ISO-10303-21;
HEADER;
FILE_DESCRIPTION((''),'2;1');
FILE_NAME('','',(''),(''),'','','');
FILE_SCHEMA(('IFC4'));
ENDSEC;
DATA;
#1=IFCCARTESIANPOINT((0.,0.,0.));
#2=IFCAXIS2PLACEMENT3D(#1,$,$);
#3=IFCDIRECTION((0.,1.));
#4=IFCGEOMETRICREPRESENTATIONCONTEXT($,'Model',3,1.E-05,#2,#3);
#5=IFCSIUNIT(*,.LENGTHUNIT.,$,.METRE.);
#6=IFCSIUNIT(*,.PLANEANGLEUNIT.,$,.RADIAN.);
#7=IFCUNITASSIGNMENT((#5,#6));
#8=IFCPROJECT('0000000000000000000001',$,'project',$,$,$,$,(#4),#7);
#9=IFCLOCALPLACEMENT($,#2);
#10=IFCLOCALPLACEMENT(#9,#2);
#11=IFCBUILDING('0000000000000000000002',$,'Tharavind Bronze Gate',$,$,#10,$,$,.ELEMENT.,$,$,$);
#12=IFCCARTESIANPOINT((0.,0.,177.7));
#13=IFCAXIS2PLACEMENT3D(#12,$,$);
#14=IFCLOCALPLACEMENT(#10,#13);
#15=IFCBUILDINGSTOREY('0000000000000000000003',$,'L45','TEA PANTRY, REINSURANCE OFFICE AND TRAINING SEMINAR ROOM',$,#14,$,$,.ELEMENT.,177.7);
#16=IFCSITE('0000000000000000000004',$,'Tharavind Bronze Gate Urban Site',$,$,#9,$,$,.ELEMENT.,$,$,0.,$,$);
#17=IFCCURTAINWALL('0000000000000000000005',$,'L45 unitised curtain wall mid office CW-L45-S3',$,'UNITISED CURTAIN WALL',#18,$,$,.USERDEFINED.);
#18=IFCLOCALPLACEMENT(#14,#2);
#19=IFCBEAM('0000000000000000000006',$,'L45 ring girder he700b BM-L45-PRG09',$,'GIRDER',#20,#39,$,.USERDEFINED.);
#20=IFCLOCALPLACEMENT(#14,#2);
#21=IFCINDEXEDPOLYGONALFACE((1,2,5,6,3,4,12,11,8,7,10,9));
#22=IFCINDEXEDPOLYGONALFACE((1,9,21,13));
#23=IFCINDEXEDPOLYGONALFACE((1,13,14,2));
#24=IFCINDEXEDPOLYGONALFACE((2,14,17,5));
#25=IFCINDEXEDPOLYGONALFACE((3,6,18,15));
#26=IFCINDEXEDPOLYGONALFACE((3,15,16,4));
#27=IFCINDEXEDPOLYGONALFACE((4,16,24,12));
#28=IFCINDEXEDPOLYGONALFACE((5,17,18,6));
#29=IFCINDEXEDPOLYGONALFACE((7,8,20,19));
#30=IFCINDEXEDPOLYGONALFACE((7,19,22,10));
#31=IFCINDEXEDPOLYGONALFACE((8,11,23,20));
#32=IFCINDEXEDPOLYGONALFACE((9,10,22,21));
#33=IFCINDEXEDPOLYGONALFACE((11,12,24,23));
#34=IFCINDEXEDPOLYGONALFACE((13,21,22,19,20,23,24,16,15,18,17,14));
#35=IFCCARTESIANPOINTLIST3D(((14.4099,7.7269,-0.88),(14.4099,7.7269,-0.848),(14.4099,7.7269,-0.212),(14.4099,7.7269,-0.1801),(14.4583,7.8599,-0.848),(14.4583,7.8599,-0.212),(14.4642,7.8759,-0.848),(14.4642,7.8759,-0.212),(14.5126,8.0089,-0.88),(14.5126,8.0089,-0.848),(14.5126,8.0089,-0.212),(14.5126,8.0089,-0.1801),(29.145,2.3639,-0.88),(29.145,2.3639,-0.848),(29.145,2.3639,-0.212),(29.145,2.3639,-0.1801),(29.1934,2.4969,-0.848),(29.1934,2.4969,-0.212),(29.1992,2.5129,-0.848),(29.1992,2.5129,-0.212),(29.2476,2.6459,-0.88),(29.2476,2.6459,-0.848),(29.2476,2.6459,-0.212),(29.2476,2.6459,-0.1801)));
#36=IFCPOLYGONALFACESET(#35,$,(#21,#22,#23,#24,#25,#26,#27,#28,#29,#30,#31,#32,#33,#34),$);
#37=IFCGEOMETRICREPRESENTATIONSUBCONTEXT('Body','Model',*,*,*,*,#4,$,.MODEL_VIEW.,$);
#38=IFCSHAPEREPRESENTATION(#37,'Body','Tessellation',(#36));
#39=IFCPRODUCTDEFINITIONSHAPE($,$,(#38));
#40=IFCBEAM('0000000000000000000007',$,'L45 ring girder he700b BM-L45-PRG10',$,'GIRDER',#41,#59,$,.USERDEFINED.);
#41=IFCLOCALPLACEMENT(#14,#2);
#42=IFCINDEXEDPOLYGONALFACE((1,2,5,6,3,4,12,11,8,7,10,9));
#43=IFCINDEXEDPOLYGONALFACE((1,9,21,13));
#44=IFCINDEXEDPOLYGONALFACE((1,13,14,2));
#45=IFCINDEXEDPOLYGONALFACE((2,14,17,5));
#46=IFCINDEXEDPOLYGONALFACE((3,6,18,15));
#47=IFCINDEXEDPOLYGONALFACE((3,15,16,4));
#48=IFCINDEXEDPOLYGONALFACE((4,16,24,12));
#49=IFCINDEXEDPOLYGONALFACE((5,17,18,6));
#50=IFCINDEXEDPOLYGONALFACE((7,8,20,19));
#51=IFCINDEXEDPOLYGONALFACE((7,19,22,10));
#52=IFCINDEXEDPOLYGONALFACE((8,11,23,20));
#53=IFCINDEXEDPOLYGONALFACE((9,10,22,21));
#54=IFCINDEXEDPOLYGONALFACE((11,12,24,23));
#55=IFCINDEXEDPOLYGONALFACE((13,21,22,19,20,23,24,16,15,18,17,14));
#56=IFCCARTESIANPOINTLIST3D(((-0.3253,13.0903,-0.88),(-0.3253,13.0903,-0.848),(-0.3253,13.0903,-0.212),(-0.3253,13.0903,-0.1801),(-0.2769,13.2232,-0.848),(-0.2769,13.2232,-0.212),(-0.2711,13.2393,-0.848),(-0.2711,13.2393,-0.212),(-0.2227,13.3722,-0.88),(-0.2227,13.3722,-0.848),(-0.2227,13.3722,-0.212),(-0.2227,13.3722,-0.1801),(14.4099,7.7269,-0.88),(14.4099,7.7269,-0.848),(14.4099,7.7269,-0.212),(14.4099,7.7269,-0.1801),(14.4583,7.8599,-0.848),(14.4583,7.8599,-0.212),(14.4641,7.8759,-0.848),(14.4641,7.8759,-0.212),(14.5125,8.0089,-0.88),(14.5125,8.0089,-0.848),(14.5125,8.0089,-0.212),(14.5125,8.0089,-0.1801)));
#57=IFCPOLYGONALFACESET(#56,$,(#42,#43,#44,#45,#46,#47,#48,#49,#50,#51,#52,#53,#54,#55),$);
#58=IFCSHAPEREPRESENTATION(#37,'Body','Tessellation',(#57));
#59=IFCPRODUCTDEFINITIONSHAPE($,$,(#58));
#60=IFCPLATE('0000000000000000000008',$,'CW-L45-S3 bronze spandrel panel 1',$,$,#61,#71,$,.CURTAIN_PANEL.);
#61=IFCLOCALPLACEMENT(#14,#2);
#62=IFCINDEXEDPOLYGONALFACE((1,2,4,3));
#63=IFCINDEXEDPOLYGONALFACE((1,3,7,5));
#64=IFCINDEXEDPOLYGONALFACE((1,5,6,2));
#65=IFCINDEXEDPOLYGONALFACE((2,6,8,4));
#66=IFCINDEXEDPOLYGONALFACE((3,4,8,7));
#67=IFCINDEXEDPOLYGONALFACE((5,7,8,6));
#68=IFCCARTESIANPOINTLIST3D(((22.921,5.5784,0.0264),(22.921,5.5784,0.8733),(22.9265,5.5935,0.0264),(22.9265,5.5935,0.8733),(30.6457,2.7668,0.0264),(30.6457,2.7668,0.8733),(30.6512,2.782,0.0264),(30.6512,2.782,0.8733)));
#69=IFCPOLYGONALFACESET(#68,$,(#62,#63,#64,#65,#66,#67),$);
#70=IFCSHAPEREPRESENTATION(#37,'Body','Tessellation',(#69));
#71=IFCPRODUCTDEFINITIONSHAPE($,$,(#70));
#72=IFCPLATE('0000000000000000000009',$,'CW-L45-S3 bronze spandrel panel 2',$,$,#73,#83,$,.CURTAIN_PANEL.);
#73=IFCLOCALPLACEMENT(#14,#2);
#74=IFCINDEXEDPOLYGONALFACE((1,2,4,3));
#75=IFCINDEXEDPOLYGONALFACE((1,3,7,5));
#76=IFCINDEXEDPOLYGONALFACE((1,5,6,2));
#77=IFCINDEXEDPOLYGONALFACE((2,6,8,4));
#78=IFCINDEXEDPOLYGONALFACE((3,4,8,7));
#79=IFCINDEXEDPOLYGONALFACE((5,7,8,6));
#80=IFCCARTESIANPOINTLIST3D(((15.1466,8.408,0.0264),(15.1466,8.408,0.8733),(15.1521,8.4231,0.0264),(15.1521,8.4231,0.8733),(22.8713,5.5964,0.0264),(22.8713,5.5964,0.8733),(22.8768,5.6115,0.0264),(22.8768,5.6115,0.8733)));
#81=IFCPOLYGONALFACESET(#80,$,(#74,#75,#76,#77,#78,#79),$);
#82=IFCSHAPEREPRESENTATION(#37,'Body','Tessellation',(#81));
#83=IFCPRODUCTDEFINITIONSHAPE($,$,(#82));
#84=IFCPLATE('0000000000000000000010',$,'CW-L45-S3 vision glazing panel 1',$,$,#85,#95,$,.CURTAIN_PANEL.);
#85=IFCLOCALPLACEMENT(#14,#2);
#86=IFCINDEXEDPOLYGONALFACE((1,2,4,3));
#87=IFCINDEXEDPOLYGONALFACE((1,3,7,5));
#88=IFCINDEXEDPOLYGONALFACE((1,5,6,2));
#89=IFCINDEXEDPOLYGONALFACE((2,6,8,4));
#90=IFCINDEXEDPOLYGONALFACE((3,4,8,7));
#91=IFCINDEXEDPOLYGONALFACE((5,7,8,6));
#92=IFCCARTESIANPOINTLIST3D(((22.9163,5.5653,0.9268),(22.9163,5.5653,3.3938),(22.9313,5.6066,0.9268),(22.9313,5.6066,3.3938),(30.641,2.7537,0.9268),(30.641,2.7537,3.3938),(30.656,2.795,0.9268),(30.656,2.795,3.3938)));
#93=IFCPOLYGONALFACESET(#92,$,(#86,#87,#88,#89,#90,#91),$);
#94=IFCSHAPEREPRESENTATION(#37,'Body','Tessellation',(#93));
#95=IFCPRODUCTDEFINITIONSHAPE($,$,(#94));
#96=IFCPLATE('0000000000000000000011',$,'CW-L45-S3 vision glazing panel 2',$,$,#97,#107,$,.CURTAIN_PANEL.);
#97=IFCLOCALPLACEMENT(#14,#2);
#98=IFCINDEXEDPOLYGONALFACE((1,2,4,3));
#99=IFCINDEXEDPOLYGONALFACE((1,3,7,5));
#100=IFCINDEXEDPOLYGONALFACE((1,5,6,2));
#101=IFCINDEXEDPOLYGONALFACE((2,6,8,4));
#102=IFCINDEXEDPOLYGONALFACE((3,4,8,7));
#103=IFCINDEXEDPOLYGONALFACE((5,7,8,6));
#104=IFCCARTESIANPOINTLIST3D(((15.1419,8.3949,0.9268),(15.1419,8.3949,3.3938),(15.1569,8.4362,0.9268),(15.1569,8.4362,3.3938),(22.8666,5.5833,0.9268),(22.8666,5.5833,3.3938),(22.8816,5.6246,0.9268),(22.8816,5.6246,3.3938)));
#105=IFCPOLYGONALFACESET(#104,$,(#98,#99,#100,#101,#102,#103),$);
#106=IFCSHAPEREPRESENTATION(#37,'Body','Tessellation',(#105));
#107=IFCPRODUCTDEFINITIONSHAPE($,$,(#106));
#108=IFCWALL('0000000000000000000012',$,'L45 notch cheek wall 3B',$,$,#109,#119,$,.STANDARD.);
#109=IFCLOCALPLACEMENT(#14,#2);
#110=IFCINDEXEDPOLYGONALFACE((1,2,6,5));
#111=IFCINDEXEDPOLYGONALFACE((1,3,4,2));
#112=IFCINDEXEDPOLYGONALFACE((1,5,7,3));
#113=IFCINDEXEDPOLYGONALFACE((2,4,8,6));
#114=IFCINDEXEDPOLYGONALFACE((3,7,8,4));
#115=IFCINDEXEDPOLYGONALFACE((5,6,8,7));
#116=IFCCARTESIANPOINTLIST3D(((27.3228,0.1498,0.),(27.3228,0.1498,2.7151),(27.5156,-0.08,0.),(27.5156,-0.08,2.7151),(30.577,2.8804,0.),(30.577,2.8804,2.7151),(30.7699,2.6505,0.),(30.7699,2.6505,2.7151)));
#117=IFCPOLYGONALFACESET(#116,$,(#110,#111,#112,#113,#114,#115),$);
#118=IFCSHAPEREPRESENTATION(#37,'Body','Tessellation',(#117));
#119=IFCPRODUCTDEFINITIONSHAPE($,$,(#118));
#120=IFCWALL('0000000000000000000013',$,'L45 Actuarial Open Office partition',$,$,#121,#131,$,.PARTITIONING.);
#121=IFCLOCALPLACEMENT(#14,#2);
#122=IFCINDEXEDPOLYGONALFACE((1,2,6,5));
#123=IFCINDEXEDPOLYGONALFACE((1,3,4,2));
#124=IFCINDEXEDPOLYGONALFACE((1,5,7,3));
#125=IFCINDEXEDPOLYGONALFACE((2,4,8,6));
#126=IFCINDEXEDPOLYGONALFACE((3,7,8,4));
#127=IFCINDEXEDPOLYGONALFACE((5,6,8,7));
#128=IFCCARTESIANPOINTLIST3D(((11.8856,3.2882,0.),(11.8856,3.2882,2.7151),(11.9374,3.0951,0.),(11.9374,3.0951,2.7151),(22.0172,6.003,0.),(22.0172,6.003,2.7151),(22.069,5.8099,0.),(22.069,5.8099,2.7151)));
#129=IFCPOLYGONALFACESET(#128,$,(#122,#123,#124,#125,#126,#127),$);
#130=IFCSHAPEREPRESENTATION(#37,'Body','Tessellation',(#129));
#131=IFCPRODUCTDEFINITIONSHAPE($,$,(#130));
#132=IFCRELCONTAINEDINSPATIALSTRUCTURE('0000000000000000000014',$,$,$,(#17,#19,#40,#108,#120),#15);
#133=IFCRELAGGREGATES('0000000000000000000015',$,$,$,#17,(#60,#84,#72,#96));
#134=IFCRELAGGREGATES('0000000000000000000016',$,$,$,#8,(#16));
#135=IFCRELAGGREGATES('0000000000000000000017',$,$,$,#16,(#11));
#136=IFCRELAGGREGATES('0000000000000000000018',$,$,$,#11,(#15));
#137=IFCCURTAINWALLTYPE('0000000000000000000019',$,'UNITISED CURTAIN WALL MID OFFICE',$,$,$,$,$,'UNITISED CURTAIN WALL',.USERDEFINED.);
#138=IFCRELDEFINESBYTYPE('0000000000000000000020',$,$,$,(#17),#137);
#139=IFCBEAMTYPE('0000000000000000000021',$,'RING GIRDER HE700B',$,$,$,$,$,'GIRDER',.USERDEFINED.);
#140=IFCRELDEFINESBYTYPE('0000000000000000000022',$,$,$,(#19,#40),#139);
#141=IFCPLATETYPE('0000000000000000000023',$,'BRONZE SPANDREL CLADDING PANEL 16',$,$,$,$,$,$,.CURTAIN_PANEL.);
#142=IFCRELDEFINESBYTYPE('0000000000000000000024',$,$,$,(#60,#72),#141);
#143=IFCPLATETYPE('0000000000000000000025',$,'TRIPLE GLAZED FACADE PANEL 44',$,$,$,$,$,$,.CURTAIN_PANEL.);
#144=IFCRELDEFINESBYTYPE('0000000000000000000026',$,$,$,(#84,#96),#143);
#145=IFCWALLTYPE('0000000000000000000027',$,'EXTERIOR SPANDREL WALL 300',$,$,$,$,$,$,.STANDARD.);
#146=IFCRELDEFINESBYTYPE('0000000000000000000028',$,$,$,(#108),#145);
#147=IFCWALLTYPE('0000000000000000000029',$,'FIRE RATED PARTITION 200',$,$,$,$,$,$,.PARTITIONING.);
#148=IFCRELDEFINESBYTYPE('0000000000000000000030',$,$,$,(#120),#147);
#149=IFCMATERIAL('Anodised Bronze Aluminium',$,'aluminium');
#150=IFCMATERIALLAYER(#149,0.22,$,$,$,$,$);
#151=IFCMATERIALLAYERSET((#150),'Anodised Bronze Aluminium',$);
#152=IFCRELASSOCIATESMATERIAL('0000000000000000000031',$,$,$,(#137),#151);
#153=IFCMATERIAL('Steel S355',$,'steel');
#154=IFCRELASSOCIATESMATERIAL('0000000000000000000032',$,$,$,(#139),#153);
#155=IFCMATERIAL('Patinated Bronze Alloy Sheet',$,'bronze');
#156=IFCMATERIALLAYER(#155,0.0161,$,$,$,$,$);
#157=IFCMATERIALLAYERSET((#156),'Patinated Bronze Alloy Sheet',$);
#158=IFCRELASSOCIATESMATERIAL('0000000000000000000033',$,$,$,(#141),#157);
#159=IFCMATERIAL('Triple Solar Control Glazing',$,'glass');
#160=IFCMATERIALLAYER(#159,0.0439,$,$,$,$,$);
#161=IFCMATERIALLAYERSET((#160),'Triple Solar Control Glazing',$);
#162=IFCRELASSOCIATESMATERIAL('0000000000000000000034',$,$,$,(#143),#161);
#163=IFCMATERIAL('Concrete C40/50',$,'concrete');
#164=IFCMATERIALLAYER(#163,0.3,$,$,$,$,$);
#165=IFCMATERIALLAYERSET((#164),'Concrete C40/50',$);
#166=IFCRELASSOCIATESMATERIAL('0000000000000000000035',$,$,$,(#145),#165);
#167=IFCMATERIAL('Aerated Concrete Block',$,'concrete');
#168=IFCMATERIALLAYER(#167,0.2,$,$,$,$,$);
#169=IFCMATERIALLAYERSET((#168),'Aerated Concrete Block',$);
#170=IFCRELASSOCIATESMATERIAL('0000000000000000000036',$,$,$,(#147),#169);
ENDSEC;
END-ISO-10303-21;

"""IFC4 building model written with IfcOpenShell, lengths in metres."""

from ifc_helpers import new_model, si_unit, direction, frame, frame_2d, origin, origin_2d, place, context, subcontext, project, spatial, rectangle, i_section, extrude, material, layer, layer_set, material_profile, profile_set, type_object, element, aggregate, save


model = new_model("IFC4")

# Units and contexts
model_context = context("Model", 3, precision=1e-05, world=origin(), true_north=direction((0.0, 1.0)))
body_context = subcontext(model_context, "Body", "Model", "MODEL_VIEW")
ifc_project = project(units=[si_unit("LENGTHUNIT", "METRE"), si_unit("PLANEANGLEUNIT", "RADIAN")], contexts=[model_context])

# Site, building, storey
site_placement = place(None, origin())
site = spatial("IfcSite", under=ifc_project, at=site_placement, Name="Tharavind Bronze Gate Urban Site", CompositionType="ELEMENT", RefElevation=0.0)
building_placement = place(site_placement, origin())
building = spatial("IfcBuilding", under=site, at=building_placement, Name="Tharavind Bronze Gate", CompositionType="ELEMENT")
storey_placement = place(building_placement, frame((0.0, 0.0, 177.7)))
storey = spatial("IfcBuildingStorey", under=building, at=storey_placement, Name="L45", Description="TEA PANTRY, REINSURANCE OFFICE AND TRAINING SEMINAR ROOM", CompositionType="ELEMENT", Elevation=177.7)

# Curtain wall
ifc_material_1 = material(Name="Anodised Bronze Aluminium", Category="aluminium")
ifc_layer_1 = layer(ifc_material_1, 0.22)
ifc_layer_set_1 = layer_set([ifc_layer_1], Name="Anodised Bronze Aluminium")
curtain_wall_type = type_object("IfcCurtainWallType", Name="UNITISED CURTAIN WALL MID OFFICE", ElementType="UNITISED CURTAIN WALL", PredefinedType="USERDEFINED", material=ifc_layer_set_1)
curtain_wall_placement = place(storey_placement, origin())
curtain_wall = element("IfcCurtainWall", 1, at=curtain_wall_placement, inside=storey, type_object=curtain_wall_type, Name="L45 unitised curtain wall mid office CW-L45-S3", ObjectType="UNITISED CURTAIN WALL", PredefinedType="USERDEFINED")

# Beams
ifc_material_2 = material(Name="Steel S355", Category="steel")
ifc_material_profile_1 = material_profile(ifc_material_2, i_section(OverallWidth=0.3, OverallDepth=0.7, WebThickness=0.0171, FlangeThickness=0.032, at=origin_2d()), Name="HE700B")
ifc_profile_set_1 = profile_set([ifc_material_profile_1], Name="Steel S355")
beam_type_1 = type_object("IfcBeamType", Name="RING GIRDER HE700B", ElementType="GIRDER", PredefinedType="USERDEFINED", material=ifc_profile_set_1)
beam_1_placement = place(storey_placement, frame((29.1963, 2.5049, -0.53), z_axis=(-0.939695, 0.342014, 0.0), x_axis=(-0.342014, -0.939695, 0.0)))
element("IfcBeam", 2, at=beam_1_placement, inside=storey, type_object=beam_type_1, Name="L45 ring girder he700b BM-L45-PRG09", ObjectType="GIRDER", PredefinedType="USERDEFINED", context=body_context, shape_type="SweptSolid", body=[
    extrude(i_section(OverallWidth=0.3, OverallDepth=0.7, WebThickness=0.0171, FlangeThickness=0.032, at=origin_2d()), origin(), (0.0, 0.0, 1.0), 15.6807),
])
beam_2_placement = place(storey_placement, frame((14.4612, 7.8679, -0.53), z_axis=(-0.93969, 0.342028, 0.0), x_axis=(-0.342028, -0.93969, 0.0)))
element("IfcBeam", 3, at=beam_2_placement, inside=storey, type_object=beam_type_1, Name="L45 ring girder he700b BM-L45-PRG10", ObjectType="GIRDER", PredefinedType="USERDEFINED", context=body_context, shape_type="SweptSolid", body=[
    extrude(i_section(OverallWidth=0.3, OverallDepth=0.7, WebThickness=0.0171, FlangeThickness=0.032, at=origin_2d()), origin(), (0.0, 0.0, 1.0), 15.6809),
])

# Plates
ifc_material_3 = material(Name="Patinated Bronze Alloy Sheet", Category="bronze")
ifc_layer_2 = layer(ifc_material_3, 0.0161)
ifc_layer_set_2 = layer_set([ifc_layer_2], Name="Patinated Bronze Alloy Sheet")
plate_type_1 = type_object("IfcPlateType", Name="BRONZE SPANDREL CLADDING PANEL 16", PredefinedType="CURTAIN_PANEL", material=ifc_layer_set_2)
plate_1_placement = place(storey_placement, frame((26.7861, 4.1802, 0.0264), z_axis=(0.0, 0.0, 1.0), x_axis=(-0.939692, 0.342022, 0.0)))
plate_1 = element("IfcPlate", 4, at=plate_1_placement, type_object=plate_type_1, Name="CW-L45-S3 bronze spandrel panel 1", PredefinedType="CURTAIN_PANEL", context=body_context, shape_type="SweptSolid", body=[
    extrude(rectangle(XDim=8.2205, YDim=0.0161, at=origin_2d()), origin(), (0.0, 0.0, 1.0), 0.8469),
])
plate_2_placement = place(storey_placement, frame((19.0117, 7.0098, 0.0264), z_axis=(0.0, 0.0, 1.0), x_axis=(-0.939692, 0.342022, 0.0)))
plate_2 = element("IfcPlate", 5, at=plate_2_placement, type_object=plate_type_1, Name="CW-L45-S3 bronze spandrel panel 2", PredefinedType="CURTAIN_PANEL", context=body_context, shape_type="SweptSolid", body=[
    extrude(rectangle(XDim=8.2205, YDim=0.0161, at=origin_2d()), origin(), (0.0, 0.0, 1.0), 0.8469),
])
ifc_material_4 = material(Name="Triple Solar Control Glazing", Category="glass")
ifc_layer_3 = layer(ifc_material_4, 0.0439)
ifc_layer_set_3 = layer_set([ifc_layer_3], Name="Triple Solar Control Glazing")
plate_type_2 = type_object("IfcPlateType", Name="TRIPLE GLAZED FACADE PANEL 44", PredefinedType="CURTAIN_PANEL", material=ifc_layer_set_3)
plate_3_placement = place(storey_placement, frame((26.7861, 4.1802, 0.9268), z_axis=(0.0, 0.0, 1.0), x_axis=(-0.939692, 0.342022, 0.0)))
plate_3 = element("IfcPlate", 6, at=plate_3_placement, type_object=plate_type_2, Name="CW-L45-S3 vision glazing panel 1", PredefinedType="CURTAIN_PANEL", context=body_context, shape_type="SweptSolid", body=[
    extrude(rectangle(XDim=8.2205, YDim=0.0439, at=origin_2d()), origin(), (0.0, 0.0, 1.0), 2.467),
])
plate_4_placement = place(storey_placement, frame((19.0117, 7.0098, 0.9268), z_axis=(0.0, 0.0, 1.0), x_axis=(-0.939692, 0.342022, 0.0)))
plate_4 = element("IfcPlate", 7, at=plate_4_placement, type_object=plate_type_2, Name="CW-L45-S3 vision glazing panel 2", PredefinedType="CURTAIN_PANEL", context=body_context, shape_type="SweptSolid", body=[
    extrude(rectangle(XDim=8.2205, YDim=0.0439, at=origin_2d()), origin(), (0.0, 0.0, 1.0), 2.467),
])
aggregate(curtain_wall, [plate_1, plate_3, plate_2, plate_4])

# Walls
ifc_material_5 = material(Name="Concrete C40/50", Category="concrete")
ifc_layer_4 = layer(ifc_material_5, 0.3)
ifc_layer_set_4 = layer_set([ifc_layer_4], Name="Concrete C40/50")
wall_type_1 = type_object("IfcWallType", Name="EXTERIOR SPANDREL WALL 300", PredefinedType="STANDARD", material=ifc_layer_set_4)
wall_1_placement = place(storey_placement, frame((27.4192, 0.0349, 0.0), z_axis=(0.0, 0.0, 1.0), x_axis=(0.766055, 0.642776, 0.0)))
element("IfcWall", 8, at=wall_1_placement, inside=storey, type_object=wall_type_1, Name="L45 notch cheek wall 3B", PredefinedType="STANDARD", context=body_context, shape_type="SweptSolid", body=[
    extrude(rectangle(XDim=4.248, YDim=0.3, at=frame_2d((2.124, 0.0))), origin(), (0.0, 0.0, 1.0), 2.7151),
])
ifc_material_6 = material(Name="Aerated Concrete Block", Category="concrete")
ifc_layer_5 = layer(ifc_material_6, 0.2)
ifc_layer_set_5 = layer_set([ifc_layer_5], Name="Aerated Concrete Block")
wall_type_2 = type_object("IfcWallType", Name="FIRE RATED PARTITION 200", PredefinedType="PARTITIONING", material=ifc_layer_set_5)
wall_2_placement = place(storey_placement, frame((22.0432, 5.9065, 0.0), z_axis=(0.0, 0.0, 1.0), x_axis=(-0.965924, -0.258827, 0.0)))
element("IfcWall", 9, at=wall_2_placement, inside=storey, type_object=wall_type_2, Name="L45 Actuarial Open Office partition", PredefinedType="PARTITIONING", context=body_context, shape_type="SweptSolid", body=[
    extrude(rectangle(XDim=10.489, YDim=0.2, at=frame_2d((5.2446, 0.0))), origin(), (0.0, 0.0, 1.0), 2.7151),
])

save(model, "model.ifc")
